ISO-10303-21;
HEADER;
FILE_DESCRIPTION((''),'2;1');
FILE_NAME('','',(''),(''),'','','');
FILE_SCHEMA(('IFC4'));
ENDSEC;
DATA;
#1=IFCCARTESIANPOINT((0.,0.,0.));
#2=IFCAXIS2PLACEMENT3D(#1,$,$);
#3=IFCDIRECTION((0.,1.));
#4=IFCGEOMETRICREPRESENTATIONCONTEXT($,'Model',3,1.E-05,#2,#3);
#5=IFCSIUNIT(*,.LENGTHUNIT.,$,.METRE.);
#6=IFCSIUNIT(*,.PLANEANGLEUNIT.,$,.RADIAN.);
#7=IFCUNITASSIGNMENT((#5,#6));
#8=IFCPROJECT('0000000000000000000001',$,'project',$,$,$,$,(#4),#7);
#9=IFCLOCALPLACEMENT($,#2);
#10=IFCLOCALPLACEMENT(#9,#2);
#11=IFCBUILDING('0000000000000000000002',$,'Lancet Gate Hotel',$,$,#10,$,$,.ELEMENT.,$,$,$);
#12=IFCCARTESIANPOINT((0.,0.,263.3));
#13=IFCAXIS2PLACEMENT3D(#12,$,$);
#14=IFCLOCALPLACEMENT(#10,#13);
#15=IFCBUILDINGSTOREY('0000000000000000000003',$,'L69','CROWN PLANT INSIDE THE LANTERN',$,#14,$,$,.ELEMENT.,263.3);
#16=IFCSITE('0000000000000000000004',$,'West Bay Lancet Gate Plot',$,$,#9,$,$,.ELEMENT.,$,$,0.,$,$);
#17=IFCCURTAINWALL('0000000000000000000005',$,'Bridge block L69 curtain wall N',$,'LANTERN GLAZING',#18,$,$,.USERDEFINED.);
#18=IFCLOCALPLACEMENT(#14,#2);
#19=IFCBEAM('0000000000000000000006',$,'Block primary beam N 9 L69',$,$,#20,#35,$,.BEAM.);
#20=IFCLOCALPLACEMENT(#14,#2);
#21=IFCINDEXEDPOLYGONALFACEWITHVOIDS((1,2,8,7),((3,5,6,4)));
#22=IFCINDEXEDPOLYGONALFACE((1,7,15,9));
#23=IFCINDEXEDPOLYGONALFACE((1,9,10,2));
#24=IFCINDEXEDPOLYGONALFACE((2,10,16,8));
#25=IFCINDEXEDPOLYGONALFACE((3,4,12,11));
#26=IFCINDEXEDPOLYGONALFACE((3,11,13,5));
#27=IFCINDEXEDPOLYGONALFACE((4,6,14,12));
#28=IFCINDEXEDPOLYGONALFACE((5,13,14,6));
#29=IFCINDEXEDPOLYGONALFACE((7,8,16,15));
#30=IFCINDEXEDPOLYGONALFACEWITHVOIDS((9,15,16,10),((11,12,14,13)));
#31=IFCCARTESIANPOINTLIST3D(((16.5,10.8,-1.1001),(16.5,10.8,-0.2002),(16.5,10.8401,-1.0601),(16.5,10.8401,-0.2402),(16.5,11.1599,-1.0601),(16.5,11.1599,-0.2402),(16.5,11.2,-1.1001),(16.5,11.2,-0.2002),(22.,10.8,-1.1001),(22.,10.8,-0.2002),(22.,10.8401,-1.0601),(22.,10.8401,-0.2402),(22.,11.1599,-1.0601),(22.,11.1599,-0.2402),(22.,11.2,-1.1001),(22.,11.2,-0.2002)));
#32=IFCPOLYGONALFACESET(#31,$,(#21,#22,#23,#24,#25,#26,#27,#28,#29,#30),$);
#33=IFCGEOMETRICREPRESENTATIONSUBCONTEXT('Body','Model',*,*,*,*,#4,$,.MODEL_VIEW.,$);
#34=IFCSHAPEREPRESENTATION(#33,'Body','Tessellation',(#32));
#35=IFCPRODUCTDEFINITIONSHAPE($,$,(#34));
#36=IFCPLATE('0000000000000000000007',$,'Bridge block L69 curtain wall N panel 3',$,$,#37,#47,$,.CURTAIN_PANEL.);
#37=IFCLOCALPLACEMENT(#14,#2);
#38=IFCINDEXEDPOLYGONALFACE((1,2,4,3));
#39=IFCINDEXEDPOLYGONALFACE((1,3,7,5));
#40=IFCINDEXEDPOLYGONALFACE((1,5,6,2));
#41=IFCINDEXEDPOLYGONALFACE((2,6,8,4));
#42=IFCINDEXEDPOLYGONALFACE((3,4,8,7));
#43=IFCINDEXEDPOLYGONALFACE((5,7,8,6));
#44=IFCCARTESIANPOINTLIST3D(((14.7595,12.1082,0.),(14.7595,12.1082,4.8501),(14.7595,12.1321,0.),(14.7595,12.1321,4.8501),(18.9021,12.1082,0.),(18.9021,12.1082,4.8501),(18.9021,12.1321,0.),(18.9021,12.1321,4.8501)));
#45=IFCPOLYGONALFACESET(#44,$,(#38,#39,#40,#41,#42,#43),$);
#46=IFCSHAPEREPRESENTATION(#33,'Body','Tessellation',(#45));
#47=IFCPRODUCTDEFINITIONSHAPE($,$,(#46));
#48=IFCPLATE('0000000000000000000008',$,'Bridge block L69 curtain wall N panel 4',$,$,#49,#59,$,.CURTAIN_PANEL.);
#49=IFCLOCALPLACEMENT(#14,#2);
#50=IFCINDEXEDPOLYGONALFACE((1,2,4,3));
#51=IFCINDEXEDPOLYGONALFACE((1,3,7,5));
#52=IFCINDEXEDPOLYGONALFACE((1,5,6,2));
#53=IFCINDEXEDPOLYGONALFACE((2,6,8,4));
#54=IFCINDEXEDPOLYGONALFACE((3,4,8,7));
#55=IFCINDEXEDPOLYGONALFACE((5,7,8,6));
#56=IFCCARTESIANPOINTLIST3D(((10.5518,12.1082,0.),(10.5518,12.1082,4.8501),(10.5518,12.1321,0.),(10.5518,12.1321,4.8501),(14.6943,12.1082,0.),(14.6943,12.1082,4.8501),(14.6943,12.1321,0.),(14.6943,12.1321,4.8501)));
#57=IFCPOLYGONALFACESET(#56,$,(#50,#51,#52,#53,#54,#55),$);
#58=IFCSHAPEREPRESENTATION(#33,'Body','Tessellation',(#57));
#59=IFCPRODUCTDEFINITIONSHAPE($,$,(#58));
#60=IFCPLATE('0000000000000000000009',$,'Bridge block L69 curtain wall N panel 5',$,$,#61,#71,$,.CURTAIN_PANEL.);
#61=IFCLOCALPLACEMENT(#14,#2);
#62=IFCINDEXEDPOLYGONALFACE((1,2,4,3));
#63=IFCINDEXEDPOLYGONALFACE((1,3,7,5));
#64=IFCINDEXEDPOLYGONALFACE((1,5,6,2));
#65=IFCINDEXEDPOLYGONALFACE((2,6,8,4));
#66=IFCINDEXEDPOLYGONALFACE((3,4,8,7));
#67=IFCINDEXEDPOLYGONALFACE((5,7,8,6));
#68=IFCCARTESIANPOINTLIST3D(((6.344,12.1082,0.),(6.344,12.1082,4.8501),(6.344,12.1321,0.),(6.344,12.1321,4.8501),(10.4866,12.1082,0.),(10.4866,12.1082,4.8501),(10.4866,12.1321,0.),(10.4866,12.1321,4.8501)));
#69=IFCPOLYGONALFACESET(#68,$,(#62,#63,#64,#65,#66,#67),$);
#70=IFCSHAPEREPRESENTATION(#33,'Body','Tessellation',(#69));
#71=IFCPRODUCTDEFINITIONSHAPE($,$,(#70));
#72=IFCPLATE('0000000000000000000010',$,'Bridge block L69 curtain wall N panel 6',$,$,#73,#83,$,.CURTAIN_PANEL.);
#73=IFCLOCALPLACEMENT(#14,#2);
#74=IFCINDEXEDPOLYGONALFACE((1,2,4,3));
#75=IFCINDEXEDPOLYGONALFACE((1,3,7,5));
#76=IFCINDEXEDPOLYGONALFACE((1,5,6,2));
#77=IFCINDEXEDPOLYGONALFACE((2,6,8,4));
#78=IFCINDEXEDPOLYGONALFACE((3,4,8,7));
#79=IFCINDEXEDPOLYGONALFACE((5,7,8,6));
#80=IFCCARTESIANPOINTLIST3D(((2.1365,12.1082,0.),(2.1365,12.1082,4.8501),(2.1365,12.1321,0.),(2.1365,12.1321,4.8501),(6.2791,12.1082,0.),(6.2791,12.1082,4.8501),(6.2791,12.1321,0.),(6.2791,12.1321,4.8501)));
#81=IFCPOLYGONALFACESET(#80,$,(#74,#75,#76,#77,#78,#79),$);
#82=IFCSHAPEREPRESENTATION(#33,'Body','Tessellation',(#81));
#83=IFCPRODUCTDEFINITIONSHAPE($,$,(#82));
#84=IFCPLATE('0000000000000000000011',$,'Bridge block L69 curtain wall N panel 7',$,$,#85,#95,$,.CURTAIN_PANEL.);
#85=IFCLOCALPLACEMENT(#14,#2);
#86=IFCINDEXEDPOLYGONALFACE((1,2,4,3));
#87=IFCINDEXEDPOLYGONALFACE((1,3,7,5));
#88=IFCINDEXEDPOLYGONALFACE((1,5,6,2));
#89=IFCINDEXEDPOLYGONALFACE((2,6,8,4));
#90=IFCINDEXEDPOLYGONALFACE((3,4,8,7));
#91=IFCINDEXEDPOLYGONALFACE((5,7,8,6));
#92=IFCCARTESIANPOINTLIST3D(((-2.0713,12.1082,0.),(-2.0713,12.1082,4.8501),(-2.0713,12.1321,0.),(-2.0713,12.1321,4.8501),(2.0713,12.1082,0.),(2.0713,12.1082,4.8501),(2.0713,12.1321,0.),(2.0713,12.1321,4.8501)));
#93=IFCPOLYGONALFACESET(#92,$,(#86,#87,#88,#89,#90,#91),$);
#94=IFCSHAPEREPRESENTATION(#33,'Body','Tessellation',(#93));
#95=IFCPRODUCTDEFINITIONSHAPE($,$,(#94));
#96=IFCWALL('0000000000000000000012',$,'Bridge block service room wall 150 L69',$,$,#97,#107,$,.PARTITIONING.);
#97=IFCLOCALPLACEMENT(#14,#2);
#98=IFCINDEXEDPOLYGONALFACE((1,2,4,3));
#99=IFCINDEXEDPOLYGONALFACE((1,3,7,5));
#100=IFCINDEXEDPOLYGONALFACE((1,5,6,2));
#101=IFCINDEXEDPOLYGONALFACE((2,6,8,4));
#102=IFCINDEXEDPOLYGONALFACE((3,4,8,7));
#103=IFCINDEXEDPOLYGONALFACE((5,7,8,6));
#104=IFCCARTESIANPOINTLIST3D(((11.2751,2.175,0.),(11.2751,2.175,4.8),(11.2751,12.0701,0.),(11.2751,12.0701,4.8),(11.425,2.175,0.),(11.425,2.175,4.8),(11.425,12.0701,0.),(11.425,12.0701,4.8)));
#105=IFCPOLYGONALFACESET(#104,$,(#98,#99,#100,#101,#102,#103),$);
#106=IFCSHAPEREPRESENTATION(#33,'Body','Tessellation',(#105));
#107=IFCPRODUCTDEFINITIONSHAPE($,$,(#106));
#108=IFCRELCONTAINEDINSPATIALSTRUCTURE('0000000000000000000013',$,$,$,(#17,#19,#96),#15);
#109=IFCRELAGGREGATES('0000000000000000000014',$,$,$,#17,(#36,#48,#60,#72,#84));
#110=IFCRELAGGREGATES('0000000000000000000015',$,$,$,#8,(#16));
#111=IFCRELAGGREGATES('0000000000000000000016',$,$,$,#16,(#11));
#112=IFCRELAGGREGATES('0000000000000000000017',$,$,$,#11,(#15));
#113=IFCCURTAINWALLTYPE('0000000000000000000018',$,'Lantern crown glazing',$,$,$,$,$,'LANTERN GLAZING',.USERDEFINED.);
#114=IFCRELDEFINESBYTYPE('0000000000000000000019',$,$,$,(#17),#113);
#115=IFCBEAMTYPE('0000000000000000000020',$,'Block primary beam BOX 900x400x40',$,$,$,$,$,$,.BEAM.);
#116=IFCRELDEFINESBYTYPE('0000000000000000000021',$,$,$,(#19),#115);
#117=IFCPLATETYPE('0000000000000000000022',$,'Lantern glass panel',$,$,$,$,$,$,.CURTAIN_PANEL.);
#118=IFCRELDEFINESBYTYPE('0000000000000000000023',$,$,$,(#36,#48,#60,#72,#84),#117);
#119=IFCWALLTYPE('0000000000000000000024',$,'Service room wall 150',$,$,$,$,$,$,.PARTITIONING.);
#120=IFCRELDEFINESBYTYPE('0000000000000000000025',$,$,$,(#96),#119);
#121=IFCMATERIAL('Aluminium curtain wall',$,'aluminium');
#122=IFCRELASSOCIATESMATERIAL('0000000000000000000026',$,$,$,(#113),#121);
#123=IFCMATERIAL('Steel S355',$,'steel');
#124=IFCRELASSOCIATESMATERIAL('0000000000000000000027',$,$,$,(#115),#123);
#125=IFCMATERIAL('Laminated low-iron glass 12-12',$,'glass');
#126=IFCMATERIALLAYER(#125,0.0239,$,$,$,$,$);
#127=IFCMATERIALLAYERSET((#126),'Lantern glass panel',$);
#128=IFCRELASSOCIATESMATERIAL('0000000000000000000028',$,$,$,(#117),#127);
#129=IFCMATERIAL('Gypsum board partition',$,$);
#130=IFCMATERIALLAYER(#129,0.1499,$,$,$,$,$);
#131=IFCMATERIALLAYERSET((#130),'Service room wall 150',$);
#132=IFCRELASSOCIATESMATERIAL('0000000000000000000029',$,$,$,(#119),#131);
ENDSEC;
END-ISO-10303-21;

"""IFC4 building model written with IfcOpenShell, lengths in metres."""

from ifc_helpers import new_model, si_unit, direction, frame, frame_2d, origin, origin_2d, place, context, subcontext, project, spatial, rectangle, hollow_rectangle, extrude, material, layer, layer_set, material_profile, profile_set, type_object, element, aggregate, save


model = new_model("IFC4")

# Units and contexts
model_context = context("Model", 3, precision=1e-05, world=origin(), true_north=direction((0.0, 1.0)))
body_context = subcontext(model_context, "Body", "Model", "MODEL_VIEW")
ifc_project = project(units=[si_unit("LENGTHUNIT", "METRE"), si_unit("PLANEANGLEUNIT", "RADIAN")], contexts=[model_context])

# Site, building, storey
site_placement = place(None, origin())
site = spatial("IfcSite", under=ifc_project, at=site_placement, Name="West Bay Lancet Gate Plot", CompositionType="ELEMENT", RefElevation=0.0)
building_placement = place(site_placement, origin())
building = spatial("IfcBuilding", under=site, at=building_placement, Name="Lancet Gate Hotel", CompositionType="ELEMENT")
storey_placement = place(building_placement, frame((0.0, 0.0, 263.3)))
storey = spatial("IfcBuildingStorey", under=building, at=storey_placement, Name="L69", Description="CROWN PLANT INSIDE THE LANTERN", CompositionType="ELEMENT", Elevation=263.3)

# Curtain wall
ifc_material_1 = material(Name="Aluminium curtain wall", Category="aluminium")
curtain_wall_type = type_object("IfcCurtainWallType", Name="Lantern crown glazing", ElementType="LANTERN GLAZING", PredefinedType="USERDEFINED", material=ifc_material_1)
curtain_wall_placement = place(storey_placement, origin())
curtain_wall = element("IfcCurtainWall", 1, at=curtain_wall_placement, inside=storey, type_object=curtain_wall_type, Name="Bridge block L69 curtain wall N", ObjectType="LANTERN GLAZING", PredefinedType="USERDEFINED")

# Beam
ifc_material_2 = material(Name="Steel S355", Category="steel")
ifc_material_profile_1 = material_profile(ifc_material_2, hollow_rectangle(XDim=0.3999, YDim=0.8999, WallThickness=0.04, at=origin_2d()), Name="BOX 900x400x40")
ifc_profile_set_1 = profile_set([ifc_material_profile_1], Name="Steel S355")
beam_type_1 = type_object("IfcBeamType", Name="Block primary beam BOX 900x400x40", PredefinedType="BEAM", material=ifc_profile_set_1)
for number, where, z_axis, x_axis, name in (
    (2, (16.5, 11.0, -0.6501), (1.0, 0.0, 0.0), (0.0, 1.0, 0.0), "Block primary beam N 9 L69"),
):
    element("IfcBeam", number, at=place(storey_placement, frame(where, z_axis=z_axis, x_axis=x_axis)), inside=storey, type_object=beam_type_1, Name=name, PredefinedType="BEAM", context=body_context, shape_type="SweptSolid", body=[
        extrude(hollow_rectangle(XDim=0.3999, YDim=0.8999, WallThickness=0.04, at=origin_2d()), origin(), (0.0, 0.0, 1.0), 5.5),
    ])

# Plates
ifc_material_3 = material(Name="Laminated low-iron glass 12-12", Category="glass")
ifc_layer_1 = layer(ifc_material_3, 0.0239)
ifc_layer_set_1 = layer_set([ifc_layer_1], Name="Lantern glass panel")
plate_type = type_object("IfcPlateType", Name="Lantern glass panel", PredefinedType="CURTAIN_PANEL", material=ifc_layer_set_1)
plate_1_placement = place(storey_placement, frame((16.8308, 12.1201, 0.0), z_axis=(0.0, 0.0, 1.0), x_axis=(-1.0, 0.0, 0.0)))
plate_1 = element("IfcPlate", 3, at=plate_1_placement, type_object=plate_type, Name="Bridge block L69 curtain wall N panel 3", PredefinedType="CURTAIN_PANEL", context=body_context, shape_type="SweptSolid", body=[
    extrude(rectangle(XDim=4.1426, YDim=0.0239, at=origin_2d()), origin(), (0.0, 0.0, 1.0), 4.8501),
])
plate_2_placement = place(storey_placement, frame((12.623, 12.1201, 0.0), z_axis=(0.0, 0.0, 1.0), x_axis=(-1.0, 0.0, 0.0)))
plate_2 = element("IfcPlate", 4, at=plate_2_placement, type_object=plate_type, Name="Bridge block L69 curtain wall N panel 4", PredefinedType="CURTAIN_PANEL", context=body_context, shape_type="SweptSolid", body=[
    extrude(rectangle(XDim=4.1426, YDim=0.0239, at=origin_2d()), origin(), (0.0, 0.0, 1.0), 4.8501),
])
plate_3_placement = place(storey_placement, frame((8.4153, 12.1201, 0.0), z_axis=(0.0, 0.0, 1.0), x_axis=(-1.0, 0.0, 0.0)))
plate_3 = element("IfcPlate", 5, at=plate_3_placement, type_object=plate_type, Name="Bridge block L69 curtain wall N panel 5", PredefinedType="CURTAIN_PANEL", context=body_context, shape_type="SweptSolid", body=[
    extrude(rectangle(XDim=4.1426, YDim=0.0239, at=origin_2d()), origin(), (0.0, 0.0, 1.0), 4.8501),
])
plate_4_placement = place(storey_placement, frame((4.2078, 12.1201, 0.0), z_axis=(0.0, 0.0, 1.0), x_axis=(-1.0, 0.0, 0.0)))
plate_4 = element("IfcPlate", 6, at=plate_4_placement, type_object=plate_type, Name="Bridge block L69 curtain wall N panel 6", PredefinedType="CURTAIN_PANEL", context=body_context, shape_type="SweptSolid", body=[
    extrude(rectangle(XDim=4.1426, YDim=0.0239, at=origin_2d()), origin(), (0.0, 0.0, 1.0), 4.8501),
])
plate_5_placement = place(storey_placement, frame((0.0, 12.1201, 0.0), z_axis=(0.0, 0.0, 1.0), x_axis=(-1.0, 0.0, 0.0)))
plate_5 = element("IfcPlate", 7, at=plate_5_placement, type_object=plate_type, Name="Bridge block L69 curtain wall N panel 7", PredefinedType="CURTAIN_PANEL", context=body_context, shape_type="SweptSolid", body=[
    extrude(rectangle(XDim=4.1426, YDim=0.0239, at=origin_2d()), origin(), (0.0, 0.0, 1.0), 4.8501),
])
aggregate(curtain_wall, [plate_1, plate_2, plate_3, plate_4, plate_5])

# Wall
ifc_material_4 = material(Name="Gypsum board partition")
ifc_layer_2 = layer(ifc_material_4, 0.1499)
ifc_layer_set_2 = layer_set([ifc_layer_2], Name="Service room wall 150")
wall_type = type_object("IfcWallType", Name="Service room wall 150", PredefinedType="PARTITIONING", material=ifc_layer_set_2)
wall_placement = place(storey_placement, frame((11.3501, 2.175, 0.0), z_axis=(0.0, 0.0, 1.0), x_axis=(0.0, 1.0, 0.0)))
element("IfcWall", 8, at=wall_placement, inside=storey, type_object=wall_type, Name="Bridge block service room wall 150 L69", PredefinedType="PARTITIONING", context=body_context, shape_type="SweptSolid", body=[
    extrude(rectangle(XDim=9.895, YDim=0.1499, at=frame_2d((4.9475, 0.0))), origin(), (0.0, 0.0, 1.0), 4.8),
])

save(model, "model.ifc")
